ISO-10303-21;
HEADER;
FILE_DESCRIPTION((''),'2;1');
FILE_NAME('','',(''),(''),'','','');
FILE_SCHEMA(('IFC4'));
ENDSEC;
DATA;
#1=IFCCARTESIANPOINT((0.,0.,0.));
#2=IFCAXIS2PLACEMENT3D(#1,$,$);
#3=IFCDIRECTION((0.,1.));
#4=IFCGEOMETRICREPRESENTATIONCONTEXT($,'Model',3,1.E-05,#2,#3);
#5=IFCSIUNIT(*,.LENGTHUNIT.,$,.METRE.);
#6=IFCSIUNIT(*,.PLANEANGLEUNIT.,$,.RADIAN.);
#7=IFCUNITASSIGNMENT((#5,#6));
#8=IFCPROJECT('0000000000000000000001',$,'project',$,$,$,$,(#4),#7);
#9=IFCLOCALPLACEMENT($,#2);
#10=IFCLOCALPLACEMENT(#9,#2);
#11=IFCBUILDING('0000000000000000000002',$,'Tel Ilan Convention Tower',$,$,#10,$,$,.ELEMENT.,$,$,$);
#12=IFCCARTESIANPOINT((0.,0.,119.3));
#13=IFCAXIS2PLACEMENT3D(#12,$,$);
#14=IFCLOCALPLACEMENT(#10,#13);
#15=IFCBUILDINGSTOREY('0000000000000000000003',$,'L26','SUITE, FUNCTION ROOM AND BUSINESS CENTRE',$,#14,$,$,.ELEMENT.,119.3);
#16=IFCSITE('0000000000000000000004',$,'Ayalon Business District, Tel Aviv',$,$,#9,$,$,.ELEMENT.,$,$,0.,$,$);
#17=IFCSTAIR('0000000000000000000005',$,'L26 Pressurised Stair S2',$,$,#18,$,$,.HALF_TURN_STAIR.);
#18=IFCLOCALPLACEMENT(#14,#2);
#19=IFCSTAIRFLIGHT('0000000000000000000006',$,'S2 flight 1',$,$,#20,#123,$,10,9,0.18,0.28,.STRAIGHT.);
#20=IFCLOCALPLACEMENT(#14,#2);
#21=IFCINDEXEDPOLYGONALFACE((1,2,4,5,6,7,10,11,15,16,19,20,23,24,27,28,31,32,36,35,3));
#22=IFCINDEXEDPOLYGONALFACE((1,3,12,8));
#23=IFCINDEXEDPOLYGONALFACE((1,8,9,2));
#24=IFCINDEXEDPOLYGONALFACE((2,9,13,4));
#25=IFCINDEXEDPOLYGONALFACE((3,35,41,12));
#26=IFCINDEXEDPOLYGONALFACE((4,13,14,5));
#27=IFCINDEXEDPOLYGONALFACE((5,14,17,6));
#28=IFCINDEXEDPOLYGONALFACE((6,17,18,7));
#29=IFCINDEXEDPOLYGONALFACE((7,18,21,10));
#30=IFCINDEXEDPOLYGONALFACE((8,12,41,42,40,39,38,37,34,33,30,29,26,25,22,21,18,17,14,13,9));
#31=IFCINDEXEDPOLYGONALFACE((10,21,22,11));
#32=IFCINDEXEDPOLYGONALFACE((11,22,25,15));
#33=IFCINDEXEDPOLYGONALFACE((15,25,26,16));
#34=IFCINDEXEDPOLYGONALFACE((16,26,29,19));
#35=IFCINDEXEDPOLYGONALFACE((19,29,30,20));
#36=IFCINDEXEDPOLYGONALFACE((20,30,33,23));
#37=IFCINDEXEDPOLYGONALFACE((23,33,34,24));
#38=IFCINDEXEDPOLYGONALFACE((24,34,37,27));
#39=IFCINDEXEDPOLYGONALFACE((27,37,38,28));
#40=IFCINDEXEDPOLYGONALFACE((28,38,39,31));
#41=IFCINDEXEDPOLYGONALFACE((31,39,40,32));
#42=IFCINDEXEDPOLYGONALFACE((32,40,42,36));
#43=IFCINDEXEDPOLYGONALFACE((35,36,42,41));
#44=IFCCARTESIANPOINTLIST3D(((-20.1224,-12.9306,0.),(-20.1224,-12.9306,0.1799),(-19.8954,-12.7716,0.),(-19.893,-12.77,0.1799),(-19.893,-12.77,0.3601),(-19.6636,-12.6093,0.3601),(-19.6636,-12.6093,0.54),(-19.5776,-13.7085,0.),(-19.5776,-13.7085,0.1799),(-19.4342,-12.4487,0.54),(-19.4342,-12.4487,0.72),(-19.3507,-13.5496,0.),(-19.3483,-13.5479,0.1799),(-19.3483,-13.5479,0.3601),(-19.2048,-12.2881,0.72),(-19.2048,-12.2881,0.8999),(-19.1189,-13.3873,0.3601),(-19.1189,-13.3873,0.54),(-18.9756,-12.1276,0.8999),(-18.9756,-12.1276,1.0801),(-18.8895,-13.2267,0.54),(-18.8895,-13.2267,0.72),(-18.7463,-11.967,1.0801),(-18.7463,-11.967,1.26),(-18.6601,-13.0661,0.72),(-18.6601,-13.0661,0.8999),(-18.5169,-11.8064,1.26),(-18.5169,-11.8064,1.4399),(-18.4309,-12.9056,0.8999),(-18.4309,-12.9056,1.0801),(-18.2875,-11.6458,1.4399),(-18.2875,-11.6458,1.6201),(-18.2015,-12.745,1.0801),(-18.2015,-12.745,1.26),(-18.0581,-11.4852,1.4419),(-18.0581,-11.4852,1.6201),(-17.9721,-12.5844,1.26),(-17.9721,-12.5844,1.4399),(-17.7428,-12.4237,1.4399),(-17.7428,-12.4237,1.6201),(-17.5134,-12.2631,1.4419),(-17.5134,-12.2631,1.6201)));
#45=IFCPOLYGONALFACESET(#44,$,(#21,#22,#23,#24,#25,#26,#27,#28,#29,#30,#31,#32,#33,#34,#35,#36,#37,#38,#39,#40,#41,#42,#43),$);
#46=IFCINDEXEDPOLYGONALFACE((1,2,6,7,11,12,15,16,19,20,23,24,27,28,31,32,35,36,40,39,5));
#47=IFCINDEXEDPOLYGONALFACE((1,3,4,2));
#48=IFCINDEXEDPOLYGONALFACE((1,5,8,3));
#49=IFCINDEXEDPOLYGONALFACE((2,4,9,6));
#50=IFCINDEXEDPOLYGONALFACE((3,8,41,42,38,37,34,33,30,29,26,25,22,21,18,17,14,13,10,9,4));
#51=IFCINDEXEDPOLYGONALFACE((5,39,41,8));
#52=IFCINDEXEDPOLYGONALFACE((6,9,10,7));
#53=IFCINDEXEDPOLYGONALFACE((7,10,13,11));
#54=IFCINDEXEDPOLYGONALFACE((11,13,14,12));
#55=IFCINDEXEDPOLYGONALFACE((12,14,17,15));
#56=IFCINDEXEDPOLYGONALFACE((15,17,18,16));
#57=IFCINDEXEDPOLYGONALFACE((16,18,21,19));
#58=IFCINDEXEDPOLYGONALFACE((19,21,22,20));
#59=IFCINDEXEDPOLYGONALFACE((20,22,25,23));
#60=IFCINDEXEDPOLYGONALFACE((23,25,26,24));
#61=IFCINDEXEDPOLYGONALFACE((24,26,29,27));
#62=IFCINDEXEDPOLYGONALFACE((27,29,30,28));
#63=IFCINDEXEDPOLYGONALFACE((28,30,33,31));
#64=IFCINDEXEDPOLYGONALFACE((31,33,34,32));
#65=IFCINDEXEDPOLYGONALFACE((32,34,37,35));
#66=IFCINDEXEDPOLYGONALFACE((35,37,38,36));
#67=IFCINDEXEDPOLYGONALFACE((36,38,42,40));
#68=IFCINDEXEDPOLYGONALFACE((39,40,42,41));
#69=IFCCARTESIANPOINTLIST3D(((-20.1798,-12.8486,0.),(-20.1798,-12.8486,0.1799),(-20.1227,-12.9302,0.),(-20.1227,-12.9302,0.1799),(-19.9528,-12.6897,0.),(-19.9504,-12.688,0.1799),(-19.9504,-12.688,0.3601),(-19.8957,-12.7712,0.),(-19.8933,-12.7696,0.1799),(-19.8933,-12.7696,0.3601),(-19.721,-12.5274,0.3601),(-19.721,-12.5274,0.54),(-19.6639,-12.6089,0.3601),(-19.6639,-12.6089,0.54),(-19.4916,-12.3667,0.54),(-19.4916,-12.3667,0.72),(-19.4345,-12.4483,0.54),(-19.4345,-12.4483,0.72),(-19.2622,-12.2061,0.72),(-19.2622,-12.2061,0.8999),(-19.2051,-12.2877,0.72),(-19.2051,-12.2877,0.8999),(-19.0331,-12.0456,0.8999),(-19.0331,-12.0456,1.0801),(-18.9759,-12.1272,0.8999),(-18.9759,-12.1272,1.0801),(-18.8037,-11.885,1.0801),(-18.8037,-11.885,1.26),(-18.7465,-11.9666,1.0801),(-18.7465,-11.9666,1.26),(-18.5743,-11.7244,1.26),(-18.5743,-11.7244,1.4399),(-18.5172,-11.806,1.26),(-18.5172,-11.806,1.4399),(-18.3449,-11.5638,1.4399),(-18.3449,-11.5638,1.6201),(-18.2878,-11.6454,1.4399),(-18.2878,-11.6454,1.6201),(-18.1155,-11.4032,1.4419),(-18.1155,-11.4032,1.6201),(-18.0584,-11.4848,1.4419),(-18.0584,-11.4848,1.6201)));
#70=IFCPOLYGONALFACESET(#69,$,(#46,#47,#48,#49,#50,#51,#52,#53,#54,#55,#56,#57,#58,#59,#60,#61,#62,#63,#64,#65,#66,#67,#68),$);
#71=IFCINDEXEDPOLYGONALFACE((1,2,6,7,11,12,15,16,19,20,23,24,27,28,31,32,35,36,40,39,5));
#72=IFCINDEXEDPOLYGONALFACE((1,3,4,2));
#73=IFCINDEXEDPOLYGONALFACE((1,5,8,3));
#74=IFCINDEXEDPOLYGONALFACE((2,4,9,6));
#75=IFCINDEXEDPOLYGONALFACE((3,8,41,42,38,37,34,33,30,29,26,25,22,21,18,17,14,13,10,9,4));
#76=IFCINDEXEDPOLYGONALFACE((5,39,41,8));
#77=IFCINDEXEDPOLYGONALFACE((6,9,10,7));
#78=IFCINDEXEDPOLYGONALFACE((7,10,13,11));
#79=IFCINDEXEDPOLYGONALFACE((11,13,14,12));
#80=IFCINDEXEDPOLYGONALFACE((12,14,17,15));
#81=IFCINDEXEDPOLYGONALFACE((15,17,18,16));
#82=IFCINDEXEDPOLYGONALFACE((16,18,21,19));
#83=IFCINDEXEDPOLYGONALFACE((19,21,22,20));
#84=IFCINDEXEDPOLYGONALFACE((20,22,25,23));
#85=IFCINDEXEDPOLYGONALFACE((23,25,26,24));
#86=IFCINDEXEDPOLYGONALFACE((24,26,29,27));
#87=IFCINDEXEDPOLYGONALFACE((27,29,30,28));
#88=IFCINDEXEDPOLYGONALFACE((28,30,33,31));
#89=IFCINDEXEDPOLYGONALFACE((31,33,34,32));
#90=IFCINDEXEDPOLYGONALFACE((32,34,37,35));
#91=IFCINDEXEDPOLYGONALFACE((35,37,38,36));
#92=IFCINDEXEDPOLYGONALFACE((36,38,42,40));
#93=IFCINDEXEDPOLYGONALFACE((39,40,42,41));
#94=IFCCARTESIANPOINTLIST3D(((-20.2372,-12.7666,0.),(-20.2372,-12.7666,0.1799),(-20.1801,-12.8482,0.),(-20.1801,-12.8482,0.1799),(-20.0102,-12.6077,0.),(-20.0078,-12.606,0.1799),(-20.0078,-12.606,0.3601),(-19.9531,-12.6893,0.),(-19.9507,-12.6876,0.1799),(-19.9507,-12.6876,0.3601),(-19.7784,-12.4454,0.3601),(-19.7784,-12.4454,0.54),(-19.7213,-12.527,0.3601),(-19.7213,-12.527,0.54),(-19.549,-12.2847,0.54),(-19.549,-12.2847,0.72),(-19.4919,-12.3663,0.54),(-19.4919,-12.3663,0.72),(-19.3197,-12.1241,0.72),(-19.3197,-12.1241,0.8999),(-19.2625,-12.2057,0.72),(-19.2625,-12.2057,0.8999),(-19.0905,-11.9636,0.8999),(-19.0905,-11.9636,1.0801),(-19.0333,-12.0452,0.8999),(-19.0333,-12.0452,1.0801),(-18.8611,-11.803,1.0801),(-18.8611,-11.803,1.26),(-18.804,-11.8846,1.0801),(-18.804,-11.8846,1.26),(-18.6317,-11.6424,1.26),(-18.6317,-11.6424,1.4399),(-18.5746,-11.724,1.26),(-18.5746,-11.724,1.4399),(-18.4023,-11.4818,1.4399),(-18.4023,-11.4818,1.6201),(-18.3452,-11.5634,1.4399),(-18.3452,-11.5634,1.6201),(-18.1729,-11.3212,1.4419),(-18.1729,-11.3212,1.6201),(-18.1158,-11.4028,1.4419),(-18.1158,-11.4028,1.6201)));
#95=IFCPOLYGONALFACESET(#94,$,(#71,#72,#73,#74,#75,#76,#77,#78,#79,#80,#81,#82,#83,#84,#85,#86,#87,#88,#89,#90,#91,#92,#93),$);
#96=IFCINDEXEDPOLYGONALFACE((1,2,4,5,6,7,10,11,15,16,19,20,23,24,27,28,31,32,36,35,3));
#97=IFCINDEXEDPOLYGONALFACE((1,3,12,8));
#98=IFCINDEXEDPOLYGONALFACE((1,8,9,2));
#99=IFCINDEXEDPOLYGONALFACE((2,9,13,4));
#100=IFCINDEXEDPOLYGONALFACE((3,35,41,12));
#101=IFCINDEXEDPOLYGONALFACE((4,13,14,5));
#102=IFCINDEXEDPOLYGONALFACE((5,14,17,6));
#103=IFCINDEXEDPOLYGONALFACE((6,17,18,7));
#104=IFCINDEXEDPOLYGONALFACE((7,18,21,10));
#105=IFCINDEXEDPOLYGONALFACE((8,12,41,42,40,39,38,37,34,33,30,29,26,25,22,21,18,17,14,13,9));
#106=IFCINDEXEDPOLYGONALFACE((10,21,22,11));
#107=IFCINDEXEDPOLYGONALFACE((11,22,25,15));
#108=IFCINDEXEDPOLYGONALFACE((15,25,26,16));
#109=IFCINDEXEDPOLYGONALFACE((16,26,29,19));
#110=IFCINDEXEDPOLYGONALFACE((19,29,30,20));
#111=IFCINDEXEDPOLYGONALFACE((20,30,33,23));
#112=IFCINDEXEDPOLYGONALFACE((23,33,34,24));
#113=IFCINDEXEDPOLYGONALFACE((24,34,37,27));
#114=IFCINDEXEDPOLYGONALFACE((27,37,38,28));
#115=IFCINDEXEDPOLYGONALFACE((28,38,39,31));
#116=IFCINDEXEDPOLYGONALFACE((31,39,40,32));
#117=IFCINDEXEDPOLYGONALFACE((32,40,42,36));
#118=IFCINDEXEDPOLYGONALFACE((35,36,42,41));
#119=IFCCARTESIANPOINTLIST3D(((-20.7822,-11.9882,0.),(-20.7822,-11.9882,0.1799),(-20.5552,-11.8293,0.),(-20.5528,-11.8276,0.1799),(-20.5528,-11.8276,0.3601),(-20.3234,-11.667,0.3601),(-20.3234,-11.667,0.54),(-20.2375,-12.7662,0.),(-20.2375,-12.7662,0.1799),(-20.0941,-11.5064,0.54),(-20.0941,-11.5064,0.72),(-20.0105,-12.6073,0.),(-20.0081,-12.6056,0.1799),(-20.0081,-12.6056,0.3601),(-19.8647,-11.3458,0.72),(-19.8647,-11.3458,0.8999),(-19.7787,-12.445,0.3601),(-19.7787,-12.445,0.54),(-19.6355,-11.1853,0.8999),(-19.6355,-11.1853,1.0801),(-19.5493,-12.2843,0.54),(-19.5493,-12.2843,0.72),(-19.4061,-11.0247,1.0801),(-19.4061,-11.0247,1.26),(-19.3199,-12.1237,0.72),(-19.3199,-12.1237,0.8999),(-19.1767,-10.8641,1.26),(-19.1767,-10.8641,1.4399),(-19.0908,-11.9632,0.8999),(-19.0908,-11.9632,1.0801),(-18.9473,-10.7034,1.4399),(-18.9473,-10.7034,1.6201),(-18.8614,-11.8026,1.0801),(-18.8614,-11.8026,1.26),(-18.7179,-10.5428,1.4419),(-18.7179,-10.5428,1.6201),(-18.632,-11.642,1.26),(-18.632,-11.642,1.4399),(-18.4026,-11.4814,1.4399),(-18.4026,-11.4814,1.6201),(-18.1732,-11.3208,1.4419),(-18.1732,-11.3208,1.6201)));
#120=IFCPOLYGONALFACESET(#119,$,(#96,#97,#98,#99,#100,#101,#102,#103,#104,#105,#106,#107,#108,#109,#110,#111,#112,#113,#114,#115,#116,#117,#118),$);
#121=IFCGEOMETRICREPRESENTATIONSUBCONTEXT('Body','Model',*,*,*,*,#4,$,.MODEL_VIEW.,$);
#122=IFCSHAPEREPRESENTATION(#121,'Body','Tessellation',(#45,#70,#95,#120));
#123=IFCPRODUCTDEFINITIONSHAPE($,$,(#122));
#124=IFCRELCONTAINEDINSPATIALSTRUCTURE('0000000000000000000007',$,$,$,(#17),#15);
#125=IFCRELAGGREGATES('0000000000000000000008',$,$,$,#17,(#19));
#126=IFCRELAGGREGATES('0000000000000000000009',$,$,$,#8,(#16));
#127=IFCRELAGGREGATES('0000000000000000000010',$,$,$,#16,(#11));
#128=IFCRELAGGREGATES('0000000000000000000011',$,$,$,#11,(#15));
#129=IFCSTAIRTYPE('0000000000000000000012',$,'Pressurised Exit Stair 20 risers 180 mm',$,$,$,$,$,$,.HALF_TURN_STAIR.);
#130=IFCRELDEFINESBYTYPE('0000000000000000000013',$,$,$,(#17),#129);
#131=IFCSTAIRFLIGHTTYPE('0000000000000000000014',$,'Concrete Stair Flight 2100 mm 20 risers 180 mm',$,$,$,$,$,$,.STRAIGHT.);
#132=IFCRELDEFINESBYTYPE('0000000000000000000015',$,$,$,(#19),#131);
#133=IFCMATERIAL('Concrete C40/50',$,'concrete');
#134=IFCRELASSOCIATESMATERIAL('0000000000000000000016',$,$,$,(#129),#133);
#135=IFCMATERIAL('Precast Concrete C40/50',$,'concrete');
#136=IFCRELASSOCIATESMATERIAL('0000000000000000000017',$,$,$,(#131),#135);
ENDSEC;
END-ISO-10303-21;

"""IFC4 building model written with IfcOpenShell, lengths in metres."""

from ifc_helpers import new_model, si_unit, direction, frame, origin, place, context, subcontext, project, spatial, polyline, outline, extrude, material, type_object, element, aggregate, save


model = new_model("IFC4")

# Units and contexts
model_context = context("Model", 3, precision=1e-05, world=origin(), true_north=direction((0.0, 1.0)))
body_context = subcontext(model_context, "Body", "Model", "MODEL_VIEW")
ifc_project = project(units=[si_unit("LENGTHUNIT", "METRE"), si_unit("PLANEANGLEUNIT", "RADIAN")], contexts=[model_context])

# Site, building, storey
site_placement = place(None, origin())
site = spatial("IfcSite", under=ifc_project, at=site_placement, Name="Ayalon Business District, Tel Aviv", CompositionType="ELEMENT", RefElevation=0.0)
building_placement = place(site_placement, origin())
building = spatial("IfcBuilding", under=site, at=building_placement, Name="Tel Ilan Convention Tower", CompositionType="ELEMENT")
storey_placement = place(building_placement, frame((0.0, 0.0, 119.3)))
storey = spatial("IfcBuildingStorey", under=building, at=storey_placement, Name="L26", Description="SUITE, FUNCTION ROOM AND BUSINESS CENTRE", CompositionType="ELEMENT", Elevation=119.3)

# Shared definitions
ifc_material_1 = material(Name="Concrete C40/50", Category="concrete")
stair_type = type_object("IfcStairType", Name="Pressurised Exit Stair 20 risers 180 mm", PredefinedType="HALF_TURN_STAIR", material=ifc_material_1)
ifc_material_2 = material(Name="Precast Concrete C40/50", Category="concrete")
stair_flight_type = type_object("IfcStairFlightType", Name="Concrete Stair Flight 2100 mm 20 risers 180 mm", PredefinedType="STRAIGHT", material=ifc_material_2)

# Stair, stair flight
stair_1_placement = place(storey_placement, origin())
stair_1 = element("IfcStair", 1, at=stair_1_placement, inside=storey, type_object=stair_type, Name="L26 Pressurised Stair S2", PredefinedType="HALF_TURN_STAIR")
stair_flight_1_placement = place(storey_placement, frame((-20.1799, -12.8484, 0.0), z_axis=(0.0, 0.0, 1.0), x_axis=(0.819152, 0.573576, 0.0)))
stair_flight_1 = element("IfcStairFlight", 2, at=stair_flight_1_placement, type_object=stair_flight_type, Name="S2 flight 1", NumberOfRisers=10, NumberOfTreads=9, PredefinedType="STRAIGHT", RiserHeight=0.18, TreadLength=0.28, context=body_context, shape_type="SweptSolid", body=[
    extrude(outline(polyline([(0.0, 0.0), (0.0, 0.1799), (0.28, 0.1799), (0.28, 0.3601), (0.5601, 0.3601), (0.5601, 0.54), (0.8401, 0.54), (0.8401, 0.72), (1.1201, 0.72), (1.1201, 0.8999), (1.3999, 0.8999), (1.3999, 1.0801), (1.6799, 1.0801), (1.6799, 1.26), (1.96, 1.26), (1.96, 1.4399), (2.24, 1.4399), (2.24, 1.6201), (2.52, 1.6201), (2.52, 1.8), (2.52, 1.4419), (0.2771, 0.0), (0.0, 0.0)])), frame((0.0, -0.1003, 0.0), z_axis=(0.0, -1.0, 0.0), x_axis=(1.0, 0.0, 0.0)), (0.0, 0.0, 1.0), 0.9497),
    extrude(outline(polyline([(0.0, 0.0), (0.0, 0.1799), (0.28, 0.1799), (0.28, 0.3601), (0.5601, 0.3601), (0.5601, 0.54), (0.8401, 0.54), (0.8401, 0.72), (1.1201, 0.72), (1.1201, 0.8999), (1.3999, 0.8999), (1.3999, 1.0801), (1.6799, 1.0801), (1.6799, 1.26), (1.96, 1.26), (1.96, 1.4399), (2.24, 1.4399), (2.24, 1.6201), (2.52, 1.6201), (2.52, 1.8), (2.52, 1.4419), (0.2771, 0.0), (0.0, 0.0)])), frame((0.0, -0.0002, 0.0), z_axis=(0.0, -1.0, 0.0), x_axis=(1.0, 0.0, 0.0)), (0.0, 0.0, 1.0), 0.0996),
    extrude(outline(polyline([(0.0, 0.0), (0.0, 0.1799), (0.28, 0.1799), (0.28, 0.3601), (0.5601, 0.3601), (0.5601, 0.54), (0.8401, 0.54), (0.8401, 0.72), (1.1201, 0.72), (1.1201, 0.8999), (1.3999, 0.8999), (1.3999, 1.0801), (1.6799, 1.0801), (1.6799, 1.26), (1.96, 1.26), (1.96, 1.4399), (2.24, 1.4399), (2.24, 1.6201), (2.52, 1.6201), (2.52, 1.8), (2.52, 1.4419), (0.2771, 0.0), (0.0, 0.0)])), frame((0.0, 0.0999, 0.0), z_axis=(0.0, -1.0, 0.0), x_axis=(1.0, 0.0, 0.0)), (0.0, 0.0, 1.0), 0.0996),
    extrude(outline(polyline([(0.0, 0.0), (0.0, 0.1799), (0.28, 0.1799), (0.28, 0.3601), (0.5601, 0.3601), (0.5601, 0.54), (0.8401, 0.54), (0.8401, 0.72), (1.1201, 0.72), (1.1201, 0.8999), (1.3999, 0.8999), (1.3999, 1.0801), (1.6799, 1.0801), (1.6799, 1.26), (1.96, 1.26), (1.96, 1.4399), (2.24, 1.4399), (2.24, 1.6201), (2.52, 1.6201), (2.52, 1.8), (2.52, 1.4419), (0.2771, 0.0), (0.0, 0.0)])), frame((0.0, 1.05, 0.0), z_axis=(0.0, -1.0, 0.0), x_axis=(1.0, 0.0, 0.0)), (0.0, 0.0, 1.0), 0.9497),
])
aggregate(stair_1, [stair_flight_1])

save(model, "model.ifc")
